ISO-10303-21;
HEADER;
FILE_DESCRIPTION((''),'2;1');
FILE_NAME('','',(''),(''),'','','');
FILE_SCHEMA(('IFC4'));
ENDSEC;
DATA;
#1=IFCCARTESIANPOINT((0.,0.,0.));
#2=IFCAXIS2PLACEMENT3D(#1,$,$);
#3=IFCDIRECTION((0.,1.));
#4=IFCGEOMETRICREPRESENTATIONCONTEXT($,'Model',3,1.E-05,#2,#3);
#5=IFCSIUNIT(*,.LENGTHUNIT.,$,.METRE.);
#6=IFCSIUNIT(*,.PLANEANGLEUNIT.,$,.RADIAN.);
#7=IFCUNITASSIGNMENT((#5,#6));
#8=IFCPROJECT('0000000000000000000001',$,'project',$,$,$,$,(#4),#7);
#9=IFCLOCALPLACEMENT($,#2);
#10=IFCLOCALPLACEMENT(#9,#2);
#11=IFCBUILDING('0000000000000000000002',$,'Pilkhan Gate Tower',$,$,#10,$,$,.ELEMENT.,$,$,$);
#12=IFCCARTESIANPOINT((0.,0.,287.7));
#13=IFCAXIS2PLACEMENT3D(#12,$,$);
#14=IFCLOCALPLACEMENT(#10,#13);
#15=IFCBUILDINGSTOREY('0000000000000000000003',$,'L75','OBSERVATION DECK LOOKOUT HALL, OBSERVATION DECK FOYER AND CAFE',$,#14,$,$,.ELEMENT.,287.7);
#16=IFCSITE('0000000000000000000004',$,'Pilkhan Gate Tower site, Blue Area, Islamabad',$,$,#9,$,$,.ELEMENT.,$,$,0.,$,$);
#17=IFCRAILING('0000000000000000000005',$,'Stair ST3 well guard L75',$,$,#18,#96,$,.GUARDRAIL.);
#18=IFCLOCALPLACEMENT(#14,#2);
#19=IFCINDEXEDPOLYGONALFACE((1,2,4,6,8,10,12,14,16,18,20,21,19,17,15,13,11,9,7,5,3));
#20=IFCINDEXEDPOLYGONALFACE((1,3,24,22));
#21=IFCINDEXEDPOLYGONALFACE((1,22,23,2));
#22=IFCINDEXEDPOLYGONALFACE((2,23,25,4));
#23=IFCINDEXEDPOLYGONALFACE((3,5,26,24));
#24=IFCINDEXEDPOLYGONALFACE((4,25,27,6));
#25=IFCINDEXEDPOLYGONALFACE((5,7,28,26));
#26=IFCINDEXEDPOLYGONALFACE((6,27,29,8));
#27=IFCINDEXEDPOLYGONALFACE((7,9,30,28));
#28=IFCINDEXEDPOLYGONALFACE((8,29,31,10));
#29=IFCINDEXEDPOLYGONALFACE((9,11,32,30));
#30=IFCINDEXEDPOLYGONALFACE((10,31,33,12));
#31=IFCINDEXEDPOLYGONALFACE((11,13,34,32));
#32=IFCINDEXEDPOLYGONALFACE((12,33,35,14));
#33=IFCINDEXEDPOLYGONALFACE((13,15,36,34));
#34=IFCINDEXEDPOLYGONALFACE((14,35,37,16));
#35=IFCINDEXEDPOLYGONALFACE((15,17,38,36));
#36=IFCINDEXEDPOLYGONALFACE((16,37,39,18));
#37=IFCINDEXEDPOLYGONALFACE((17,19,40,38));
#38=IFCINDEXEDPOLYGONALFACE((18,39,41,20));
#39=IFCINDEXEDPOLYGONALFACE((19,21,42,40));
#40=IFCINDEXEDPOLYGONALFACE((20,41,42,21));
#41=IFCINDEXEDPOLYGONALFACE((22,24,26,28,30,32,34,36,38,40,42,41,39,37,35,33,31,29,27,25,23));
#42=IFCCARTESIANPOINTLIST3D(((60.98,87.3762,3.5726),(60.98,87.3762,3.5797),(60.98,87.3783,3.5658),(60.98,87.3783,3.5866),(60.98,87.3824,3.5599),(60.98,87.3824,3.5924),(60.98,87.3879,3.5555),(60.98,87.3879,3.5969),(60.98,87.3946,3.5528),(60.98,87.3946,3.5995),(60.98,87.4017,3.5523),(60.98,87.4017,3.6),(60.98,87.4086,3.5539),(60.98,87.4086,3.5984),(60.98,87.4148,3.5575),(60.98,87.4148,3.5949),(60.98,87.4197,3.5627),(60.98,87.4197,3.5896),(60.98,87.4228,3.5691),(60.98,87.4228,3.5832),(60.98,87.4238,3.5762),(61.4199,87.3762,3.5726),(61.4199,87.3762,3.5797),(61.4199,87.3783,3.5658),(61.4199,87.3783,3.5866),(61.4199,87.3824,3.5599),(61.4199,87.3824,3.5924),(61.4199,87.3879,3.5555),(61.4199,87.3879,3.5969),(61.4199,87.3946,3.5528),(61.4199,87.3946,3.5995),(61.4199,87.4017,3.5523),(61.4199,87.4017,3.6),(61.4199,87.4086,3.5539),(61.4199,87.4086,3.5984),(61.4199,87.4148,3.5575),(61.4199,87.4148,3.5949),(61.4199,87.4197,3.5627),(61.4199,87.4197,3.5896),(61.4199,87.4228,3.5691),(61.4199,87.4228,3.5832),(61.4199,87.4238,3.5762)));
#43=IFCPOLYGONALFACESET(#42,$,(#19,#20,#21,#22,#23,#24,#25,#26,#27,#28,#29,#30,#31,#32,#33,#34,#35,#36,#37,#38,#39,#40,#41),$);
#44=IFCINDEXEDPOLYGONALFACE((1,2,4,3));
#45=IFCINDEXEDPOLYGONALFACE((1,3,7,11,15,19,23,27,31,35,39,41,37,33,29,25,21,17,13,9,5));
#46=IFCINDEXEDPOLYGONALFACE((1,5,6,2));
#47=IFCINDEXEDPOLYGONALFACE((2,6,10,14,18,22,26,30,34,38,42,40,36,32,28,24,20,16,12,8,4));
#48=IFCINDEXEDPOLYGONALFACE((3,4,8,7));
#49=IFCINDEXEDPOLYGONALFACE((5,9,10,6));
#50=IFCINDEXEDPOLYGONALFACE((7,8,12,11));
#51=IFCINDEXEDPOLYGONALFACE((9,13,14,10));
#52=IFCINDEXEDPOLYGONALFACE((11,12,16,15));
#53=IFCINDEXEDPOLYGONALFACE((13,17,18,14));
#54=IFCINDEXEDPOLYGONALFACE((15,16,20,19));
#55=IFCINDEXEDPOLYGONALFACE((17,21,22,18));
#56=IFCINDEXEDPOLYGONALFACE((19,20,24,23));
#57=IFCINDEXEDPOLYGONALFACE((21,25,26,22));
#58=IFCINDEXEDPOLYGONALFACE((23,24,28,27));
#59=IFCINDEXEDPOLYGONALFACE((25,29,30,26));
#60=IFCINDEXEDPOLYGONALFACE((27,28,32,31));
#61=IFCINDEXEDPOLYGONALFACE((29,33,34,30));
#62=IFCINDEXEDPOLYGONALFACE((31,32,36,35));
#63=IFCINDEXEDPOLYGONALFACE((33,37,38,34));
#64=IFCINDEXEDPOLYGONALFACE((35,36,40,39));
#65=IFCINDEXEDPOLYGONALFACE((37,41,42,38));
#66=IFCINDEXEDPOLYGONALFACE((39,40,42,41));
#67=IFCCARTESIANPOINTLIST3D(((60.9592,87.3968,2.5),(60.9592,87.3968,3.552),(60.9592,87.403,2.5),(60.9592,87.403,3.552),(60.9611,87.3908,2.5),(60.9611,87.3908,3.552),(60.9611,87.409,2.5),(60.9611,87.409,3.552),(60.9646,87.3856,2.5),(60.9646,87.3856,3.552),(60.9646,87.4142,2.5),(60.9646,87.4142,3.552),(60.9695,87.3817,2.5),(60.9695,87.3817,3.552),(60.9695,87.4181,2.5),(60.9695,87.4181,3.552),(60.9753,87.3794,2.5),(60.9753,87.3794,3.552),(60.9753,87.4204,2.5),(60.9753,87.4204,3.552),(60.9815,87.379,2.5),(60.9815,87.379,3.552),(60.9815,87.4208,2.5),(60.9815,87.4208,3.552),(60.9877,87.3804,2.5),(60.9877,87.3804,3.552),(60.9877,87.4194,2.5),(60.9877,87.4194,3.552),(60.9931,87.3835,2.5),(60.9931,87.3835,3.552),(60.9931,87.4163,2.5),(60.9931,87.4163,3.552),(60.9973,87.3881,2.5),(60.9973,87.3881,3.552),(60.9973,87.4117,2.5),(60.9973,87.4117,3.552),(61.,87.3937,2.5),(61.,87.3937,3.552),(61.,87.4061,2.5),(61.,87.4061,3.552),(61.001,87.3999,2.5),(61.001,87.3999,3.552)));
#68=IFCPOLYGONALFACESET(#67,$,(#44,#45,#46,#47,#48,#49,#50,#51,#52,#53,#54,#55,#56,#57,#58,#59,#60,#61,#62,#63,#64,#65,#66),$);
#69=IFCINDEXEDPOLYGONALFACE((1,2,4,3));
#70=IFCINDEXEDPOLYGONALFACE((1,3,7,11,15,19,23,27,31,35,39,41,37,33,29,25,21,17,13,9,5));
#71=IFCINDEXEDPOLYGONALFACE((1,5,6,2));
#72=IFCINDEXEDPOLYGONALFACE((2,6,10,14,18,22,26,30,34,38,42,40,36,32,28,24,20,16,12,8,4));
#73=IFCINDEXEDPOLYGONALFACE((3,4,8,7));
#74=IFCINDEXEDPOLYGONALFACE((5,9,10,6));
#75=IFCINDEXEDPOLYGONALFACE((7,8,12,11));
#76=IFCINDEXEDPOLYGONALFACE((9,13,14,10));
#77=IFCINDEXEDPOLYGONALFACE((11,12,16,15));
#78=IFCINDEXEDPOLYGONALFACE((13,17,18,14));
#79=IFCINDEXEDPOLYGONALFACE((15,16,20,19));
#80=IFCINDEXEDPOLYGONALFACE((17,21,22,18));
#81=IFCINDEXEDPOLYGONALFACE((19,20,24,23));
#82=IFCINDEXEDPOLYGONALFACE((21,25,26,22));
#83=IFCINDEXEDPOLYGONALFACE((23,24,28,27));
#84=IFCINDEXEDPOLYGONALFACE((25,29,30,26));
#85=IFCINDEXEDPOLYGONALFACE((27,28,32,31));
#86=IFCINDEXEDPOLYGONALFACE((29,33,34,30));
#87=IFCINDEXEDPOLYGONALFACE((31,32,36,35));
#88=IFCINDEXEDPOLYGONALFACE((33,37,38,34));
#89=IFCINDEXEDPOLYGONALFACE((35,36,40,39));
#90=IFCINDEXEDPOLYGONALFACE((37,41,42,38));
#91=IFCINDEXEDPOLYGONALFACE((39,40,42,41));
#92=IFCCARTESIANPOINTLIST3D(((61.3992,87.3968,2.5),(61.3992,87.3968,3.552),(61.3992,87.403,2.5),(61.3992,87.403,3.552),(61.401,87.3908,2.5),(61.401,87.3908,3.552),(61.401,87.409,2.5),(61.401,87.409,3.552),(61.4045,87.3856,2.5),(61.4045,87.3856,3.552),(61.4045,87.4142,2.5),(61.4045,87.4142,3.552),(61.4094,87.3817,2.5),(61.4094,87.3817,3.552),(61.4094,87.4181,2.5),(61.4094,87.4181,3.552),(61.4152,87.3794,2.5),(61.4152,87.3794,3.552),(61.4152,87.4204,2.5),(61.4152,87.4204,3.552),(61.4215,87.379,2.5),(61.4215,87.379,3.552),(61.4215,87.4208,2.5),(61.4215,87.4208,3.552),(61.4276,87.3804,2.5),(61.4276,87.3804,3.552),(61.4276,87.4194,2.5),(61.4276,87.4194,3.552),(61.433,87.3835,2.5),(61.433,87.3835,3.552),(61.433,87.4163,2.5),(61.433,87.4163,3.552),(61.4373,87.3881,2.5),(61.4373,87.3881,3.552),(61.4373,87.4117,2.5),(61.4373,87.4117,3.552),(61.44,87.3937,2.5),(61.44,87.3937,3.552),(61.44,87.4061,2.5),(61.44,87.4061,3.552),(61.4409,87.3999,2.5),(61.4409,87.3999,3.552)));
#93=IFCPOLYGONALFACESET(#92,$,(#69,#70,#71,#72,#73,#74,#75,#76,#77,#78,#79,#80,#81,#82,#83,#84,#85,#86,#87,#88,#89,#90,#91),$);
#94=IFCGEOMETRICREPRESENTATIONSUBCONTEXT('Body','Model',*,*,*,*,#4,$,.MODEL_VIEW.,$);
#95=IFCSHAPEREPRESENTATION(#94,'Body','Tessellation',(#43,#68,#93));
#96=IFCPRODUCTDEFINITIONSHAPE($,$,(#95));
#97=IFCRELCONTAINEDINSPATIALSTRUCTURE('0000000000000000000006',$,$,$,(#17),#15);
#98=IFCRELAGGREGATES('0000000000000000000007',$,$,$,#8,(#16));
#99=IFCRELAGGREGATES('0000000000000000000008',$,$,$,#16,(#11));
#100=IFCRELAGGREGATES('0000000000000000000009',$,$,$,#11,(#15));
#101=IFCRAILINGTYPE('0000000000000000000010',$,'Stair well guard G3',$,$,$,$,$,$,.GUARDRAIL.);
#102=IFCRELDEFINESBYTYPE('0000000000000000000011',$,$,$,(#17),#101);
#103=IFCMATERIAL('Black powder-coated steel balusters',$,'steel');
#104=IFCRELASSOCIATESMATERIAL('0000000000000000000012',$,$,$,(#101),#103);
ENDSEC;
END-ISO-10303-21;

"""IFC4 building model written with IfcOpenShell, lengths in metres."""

from ifc_helpers import new_model, si_unit, direction, frame, origin, origin_2d, place, context, subcontext, project, spatial, circle, extrude, material, type_object, element, save


model = new_model("IFC4")

# Units and contexts
model_context = context("Model", 3, precision=1e-05, world=origin(), true_north=direction((0.0, 1.0)))
body_context = subcontext(model_context, "Body", "Model", "MODEL_VIEW")
ifc_project = project(units=[si_unit("LENGTHUNIT", "METRE"), si_unit("PLANEANGLEUNIT", "RADIAN")], contexts=[model_context])

# Site, building, storey
site_placement = place(None, origin())
site = spatial("IfcSite", under=ifc_project, at=site_placement, Name="Pilkhan Gate Tower site, Blue Area, Islamabad", CompositionType="ELEMENT", RefElevation=0.0)
building_placement = place(site_placement, origin())
building = spatial("IfcBuilding", under=site, at=building_placement, Name="Pilkhan Gate Tower", CompositionType="ELEMENT")
storey_placement = place(building_placement, frame((0.0, 0.0, 287.7)))
storey = spatial("IfcBuildingStorey", under=building, at=storey_placement, Name="L75", Description="OBSERVATION DECK LOOKOUT HALL, OBSERVATION DECK FOYER AND CAFE", CompositionType="ELEMENT", Elevation=287.7)

# Railing
ifc_material_1 = material(Name="Black powder-coated steel balusters", Category="steel")
railing_type = type_object("IfcRailingType", Name="Stair well guard G3", PredefinedType="GUARDRAIL", material=ifc_material_1)
for number, where, name in (
    (1, (60.98, 87.3999, 2.5), "Stair ST3 well guard L75"),
):
    element("IfcRailing", number, at=place(storey_placement, frame(where)), inside=storey, type_object=railing_type, Name=name, PredefinedType="GUARDRAIL", context=body_context, shape_type="SweptSolid", body=[
        extrude(circle(Radius=0.0239, at=origin_2d()), frame((0.0, 0.0, 1.0762), z_axis=(1.0, 0.0, 0.0), x_axis=(0.0, 1.0, 0.0)), (0.0, 0.0, 1.0), 0.4399),
        extrude(circle(Radius=0.021, at=origin_2d()), origin(), (0.0, 0.0, 1.0), 1.052),
        extrude(circle(Radius=0.021, at=origin_2d()), frame((0.4399, 0.0, 0.0)), (0.0, 0.0, 1.0), 1.052),
    ])

save(model, "model.ifc")
